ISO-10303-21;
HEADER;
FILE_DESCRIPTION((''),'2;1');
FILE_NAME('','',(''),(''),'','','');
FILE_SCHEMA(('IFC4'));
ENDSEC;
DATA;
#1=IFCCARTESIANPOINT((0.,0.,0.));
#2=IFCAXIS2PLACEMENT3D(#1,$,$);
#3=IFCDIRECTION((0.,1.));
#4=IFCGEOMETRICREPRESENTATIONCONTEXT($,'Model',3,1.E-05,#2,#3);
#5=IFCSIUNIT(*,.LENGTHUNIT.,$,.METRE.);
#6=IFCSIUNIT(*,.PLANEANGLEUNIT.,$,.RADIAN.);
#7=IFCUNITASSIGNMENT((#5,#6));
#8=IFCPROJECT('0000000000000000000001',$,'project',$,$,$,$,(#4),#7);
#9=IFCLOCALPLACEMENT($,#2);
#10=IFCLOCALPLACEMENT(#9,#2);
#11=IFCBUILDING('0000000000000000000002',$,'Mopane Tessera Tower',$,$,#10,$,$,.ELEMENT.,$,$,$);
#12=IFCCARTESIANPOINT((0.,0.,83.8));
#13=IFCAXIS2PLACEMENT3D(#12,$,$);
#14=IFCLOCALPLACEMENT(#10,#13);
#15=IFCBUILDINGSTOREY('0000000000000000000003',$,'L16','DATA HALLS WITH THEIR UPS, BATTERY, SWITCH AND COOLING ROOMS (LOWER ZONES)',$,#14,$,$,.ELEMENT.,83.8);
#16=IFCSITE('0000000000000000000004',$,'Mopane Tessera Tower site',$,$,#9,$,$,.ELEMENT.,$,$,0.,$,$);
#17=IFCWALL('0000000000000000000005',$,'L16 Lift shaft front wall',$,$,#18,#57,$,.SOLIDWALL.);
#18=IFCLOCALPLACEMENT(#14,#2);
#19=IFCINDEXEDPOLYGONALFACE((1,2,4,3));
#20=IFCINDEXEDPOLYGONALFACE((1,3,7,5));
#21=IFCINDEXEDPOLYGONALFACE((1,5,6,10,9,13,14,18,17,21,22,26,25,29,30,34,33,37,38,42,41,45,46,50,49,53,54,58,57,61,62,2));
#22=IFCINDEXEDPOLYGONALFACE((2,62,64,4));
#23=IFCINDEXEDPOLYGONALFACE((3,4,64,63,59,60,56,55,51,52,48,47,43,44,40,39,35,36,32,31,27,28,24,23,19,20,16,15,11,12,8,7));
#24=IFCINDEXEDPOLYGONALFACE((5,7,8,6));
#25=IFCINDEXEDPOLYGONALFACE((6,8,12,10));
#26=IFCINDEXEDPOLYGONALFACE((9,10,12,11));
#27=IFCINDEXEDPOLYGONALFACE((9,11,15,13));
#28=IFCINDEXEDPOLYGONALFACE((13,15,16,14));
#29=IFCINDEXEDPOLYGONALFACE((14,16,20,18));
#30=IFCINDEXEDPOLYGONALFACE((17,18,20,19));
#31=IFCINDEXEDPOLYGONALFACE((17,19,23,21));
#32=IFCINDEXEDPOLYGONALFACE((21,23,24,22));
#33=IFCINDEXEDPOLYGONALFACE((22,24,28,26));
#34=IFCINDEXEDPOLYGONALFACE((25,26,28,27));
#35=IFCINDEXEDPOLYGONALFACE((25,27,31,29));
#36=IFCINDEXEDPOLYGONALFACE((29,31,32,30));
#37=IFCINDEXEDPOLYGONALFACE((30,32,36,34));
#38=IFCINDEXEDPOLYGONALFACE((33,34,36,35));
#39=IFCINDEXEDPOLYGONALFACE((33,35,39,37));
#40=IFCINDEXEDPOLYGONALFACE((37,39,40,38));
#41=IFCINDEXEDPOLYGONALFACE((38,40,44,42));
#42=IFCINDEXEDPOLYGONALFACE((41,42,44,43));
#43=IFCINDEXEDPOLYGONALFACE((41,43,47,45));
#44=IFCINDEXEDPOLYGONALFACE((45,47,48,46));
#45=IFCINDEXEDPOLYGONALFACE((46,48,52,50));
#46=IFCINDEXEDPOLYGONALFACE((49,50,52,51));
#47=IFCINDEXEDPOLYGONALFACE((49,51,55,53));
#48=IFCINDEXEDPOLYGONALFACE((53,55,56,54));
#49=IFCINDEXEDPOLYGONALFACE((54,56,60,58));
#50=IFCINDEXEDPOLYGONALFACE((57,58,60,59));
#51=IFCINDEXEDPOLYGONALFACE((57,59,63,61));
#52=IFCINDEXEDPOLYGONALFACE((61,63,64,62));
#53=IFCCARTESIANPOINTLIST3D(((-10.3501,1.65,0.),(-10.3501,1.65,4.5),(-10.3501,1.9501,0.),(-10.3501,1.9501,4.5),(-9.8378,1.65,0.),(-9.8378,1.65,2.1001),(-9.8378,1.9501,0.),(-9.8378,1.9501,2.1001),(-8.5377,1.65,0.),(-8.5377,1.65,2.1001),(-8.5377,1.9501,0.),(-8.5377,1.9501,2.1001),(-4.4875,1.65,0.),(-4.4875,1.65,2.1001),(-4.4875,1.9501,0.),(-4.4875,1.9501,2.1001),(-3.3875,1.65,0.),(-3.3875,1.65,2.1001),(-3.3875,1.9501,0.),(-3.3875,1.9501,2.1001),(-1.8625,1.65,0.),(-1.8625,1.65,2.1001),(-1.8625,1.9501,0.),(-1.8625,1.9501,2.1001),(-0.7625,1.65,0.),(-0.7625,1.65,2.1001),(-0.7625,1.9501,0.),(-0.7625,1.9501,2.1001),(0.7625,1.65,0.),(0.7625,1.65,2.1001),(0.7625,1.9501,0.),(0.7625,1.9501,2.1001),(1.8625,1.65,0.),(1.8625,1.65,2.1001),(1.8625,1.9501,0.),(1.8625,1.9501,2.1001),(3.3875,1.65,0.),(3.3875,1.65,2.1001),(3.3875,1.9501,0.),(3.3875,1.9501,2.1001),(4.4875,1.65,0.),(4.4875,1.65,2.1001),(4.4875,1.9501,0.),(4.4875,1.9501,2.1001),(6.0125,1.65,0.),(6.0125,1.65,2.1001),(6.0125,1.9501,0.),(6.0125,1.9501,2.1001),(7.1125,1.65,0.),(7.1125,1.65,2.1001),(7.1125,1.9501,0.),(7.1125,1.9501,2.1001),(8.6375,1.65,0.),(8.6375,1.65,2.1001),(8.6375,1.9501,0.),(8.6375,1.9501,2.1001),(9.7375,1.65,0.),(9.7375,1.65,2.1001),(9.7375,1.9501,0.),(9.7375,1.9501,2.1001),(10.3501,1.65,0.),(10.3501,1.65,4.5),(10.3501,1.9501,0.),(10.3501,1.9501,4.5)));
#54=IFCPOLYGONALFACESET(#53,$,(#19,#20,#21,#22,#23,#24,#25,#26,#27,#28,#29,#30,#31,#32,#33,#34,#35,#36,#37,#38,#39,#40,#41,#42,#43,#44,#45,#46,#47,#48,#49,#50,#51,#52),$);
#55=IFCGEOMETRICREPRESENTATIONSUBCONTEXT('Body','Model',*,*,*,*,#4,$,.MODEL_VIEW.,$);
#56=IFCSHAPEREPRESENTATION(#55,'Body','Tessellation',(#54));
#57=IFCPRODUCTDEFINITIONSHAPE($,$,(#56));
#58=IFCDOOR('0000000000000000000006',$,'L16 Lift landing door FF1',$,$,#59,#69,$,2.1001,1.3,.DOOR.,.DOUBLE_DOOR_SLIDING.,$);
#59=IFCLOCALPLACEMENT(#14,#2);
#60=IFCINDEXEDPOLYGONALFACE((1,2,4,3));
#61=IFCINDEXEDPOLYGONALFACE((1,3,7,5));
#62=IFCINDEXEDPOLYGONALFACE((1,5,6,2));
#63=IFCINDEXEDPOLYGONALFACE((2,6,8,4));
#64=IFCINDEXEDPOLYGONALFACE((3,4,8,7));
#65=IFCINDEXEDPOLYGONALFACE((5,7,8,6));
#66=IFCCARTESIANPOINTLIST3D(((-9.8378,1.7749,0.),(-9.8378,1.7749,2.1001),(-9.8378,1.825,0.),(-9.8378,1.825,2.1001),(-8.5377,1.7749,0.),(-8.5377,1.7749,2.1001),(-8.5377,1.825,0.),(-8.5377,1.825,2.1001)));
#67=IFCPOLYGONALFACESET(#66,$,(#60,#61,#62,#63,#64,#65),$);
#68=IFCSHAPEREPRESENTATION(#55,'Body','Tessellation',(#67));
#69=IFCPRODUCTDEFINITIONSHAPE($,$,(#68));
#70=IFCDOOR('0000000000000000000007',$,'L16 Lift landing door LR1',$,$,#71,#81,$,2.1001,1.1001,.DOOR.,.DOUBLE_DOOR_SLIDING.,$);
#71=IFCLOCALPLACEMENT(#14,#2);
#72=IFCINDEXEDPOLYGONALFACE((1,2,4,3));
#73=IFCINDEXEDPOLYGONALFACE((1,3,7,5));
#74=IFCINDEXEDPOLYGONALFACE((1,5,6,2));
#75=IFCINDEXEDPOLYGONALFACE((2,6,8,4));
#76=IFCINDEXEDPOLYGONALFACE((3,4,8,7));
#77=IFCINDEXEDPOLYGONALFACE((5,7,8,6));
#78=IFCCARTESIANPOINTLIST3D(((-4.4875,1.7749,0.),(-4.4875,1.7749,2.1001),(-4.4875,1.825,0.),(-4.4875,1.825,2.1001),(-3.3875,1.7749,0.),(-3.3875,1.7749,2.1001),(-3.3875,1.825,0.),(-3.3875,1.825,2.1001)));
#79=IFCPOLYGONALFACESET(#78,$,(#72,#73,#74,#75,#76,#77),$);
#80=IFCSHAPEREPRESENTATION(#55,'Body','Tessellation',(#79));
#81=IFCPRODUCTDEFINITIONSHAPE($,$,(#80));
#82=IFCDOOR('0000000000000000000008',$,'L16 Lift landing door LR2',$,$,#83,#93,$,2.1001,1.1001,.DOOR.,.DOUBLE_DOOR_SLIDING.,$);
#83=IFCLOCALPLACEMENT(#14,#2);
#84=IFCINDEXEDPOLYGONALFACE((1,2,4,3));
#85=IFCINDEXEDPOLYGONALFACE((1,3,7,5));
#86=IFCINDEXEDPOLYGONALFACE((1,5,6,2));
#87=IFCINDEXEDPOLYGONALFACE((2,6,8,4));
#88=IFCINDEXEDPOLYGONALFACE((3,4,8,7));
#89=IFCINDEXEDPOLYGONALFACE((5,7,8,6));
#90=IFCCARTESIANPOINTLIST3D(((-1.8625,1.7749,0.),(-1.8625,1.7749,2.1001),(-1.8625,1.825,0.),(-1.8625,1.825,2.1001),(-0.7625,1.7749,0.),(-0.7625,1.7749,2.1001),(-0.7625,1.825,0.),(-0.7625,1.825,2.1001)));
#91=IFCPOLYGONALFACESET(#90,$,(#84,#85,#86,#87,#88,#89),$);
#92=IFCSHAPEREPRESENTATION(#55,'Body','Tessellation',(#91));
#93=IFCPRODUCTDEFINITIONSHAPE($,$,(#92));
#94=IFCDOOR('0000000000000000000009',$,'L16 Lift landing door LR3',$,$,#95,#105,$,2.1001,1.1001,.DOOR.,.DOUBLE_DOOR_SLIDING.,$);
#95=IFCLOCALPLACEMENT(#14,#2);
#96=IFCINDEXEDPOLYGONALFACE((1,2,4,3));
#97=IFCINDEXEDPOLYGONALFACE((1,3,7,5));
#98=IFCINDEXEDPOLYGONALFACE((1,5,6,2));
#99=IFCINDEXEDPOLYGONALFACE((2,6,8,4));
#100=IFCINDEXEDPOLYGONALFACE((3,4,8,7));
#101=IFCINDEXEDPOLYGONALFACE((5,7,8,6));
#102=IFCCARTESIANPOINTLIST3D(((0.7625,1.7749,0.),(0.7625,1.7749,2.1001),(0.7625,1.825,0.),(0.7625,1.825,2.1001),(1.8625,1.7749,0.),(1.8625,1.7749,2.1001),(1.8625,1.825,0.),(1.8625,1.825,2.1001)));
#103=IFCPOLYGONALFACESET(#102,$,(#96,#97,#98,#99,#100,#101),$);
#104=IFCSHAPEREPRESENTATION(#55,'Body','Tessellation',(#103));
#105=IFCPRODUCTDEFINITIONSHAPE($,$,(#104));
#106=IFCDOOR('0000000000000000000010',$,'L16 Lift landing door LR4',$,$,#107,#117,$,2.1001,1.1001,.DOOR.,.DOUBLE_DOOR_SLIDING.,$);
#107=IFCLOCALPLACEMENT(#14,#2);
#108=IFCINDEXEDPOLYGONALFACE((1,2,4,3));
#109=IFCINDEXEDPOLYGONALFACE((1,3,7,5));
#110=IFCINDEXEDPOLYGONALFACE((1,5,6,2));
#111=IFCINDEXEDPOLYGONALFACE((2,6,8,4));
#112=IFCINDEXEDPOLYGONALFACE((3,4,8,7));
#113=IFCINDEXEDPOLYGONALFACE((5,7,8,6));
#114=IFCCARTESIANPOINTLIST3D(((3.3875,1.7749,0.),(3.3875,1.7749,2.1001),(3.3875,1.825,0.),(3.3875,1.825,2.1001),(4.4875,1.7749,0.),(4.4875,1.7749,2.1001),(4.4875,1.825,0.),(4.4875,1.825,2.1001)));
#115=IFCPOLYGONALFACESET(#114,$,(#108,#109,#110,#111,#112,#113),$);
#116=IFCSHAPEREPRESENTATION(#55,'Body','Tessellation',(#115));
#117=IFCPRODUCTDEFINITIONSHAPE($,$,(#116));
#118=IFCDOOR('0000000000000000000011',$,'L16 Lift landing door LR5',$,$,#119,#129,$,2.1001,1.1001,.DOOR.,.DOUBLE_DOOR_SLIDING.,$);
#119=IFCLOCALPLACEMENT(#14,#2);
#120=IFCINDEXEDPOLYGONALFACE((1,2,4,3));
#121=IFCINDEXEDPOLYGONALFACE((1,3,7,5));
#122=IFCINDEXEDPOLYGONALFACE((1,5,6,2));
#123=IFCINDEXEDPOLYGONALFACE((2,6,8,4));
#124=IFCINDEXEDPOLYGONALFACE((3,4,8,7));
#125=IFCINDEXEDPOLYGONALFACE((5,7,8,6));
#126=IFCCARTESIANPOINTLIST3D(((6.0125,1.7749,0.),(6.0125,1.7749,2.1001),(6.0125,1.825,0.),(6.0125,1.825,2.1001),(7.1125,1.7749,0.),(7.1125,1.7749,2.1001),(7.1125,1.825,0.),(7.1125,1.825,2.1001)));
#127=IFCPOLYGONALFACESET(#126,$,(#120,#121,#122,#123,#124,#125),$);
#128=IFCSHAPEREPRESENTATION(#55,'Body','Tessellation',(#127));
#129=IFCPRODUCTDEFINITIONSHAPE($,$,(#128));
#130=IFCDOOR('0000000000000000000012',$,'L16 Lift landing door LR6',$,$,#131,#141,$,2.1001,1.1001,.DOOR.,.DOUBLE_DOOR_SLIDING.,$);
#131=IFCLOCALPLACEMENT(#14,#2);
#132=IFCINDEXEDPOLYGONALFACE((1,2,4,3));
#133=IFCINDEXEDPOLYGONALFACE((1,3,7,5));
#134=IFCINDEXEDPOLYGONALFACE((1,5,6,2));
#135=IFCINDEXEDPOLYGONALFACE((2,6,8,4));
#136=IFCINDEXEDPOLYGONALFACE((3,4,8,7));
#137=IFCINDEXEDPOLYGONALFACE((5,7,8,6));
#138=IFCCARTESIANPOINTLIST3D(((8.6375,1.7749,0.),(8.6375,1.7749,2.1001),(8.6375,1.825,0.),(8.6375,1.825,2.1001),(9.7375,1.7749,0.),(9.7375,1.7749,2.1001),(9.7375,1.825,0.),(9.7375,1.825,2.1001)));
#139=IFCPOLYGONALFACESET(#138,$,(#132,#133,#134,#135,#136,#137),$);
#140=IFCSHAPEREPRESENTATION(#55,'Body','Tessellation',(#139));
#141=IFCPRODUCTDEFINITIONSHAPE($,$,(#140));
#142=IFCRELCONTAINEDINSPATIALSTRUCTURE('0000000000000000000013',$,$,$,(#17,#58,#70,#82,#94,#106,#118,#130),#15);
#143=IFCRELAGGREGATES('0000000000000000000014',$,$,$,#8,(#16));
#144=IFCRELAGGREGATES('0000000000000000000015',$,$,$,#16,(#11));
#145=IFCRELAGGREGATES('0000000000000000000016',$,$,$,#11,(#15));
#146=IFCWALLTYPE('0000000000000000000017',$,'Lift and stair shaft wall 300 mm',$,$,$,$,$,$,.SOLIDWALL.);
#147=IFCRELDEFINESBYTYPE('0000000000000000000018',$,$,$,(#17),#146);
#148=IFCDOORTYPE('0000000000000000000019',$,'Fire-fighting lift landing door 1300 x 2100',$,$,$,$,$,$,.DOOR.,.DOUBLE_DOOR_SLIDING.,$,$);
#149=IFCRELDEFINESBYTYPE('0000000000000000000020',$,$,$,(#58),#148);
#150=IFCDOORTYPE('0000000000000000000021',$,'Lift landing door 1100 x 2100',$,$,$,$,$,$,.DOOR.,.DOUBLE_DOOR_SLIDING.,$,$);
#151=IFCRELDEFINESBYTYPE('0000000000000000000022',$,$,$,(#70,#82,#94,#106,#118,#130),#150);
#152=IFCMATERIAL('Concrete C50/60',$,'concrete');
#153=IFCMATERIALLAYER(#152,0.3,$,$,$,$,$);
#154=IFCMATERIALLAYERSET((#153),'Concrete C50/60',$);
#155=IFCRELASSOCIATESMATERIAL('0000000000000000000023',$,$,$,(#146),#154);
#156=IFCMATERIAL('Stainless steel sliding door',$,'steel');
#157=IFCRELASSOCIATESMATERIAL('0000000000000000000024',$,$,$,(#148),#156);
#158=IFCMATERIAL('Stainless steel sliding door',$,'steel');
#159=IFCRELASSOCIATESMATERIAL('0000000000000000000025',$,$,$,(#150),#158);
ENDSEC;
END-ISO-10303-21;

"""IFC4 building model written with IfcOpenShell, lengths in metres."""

from ifc_helpers import new_model, si_unit, direction, frame, frame_2d, origin, place, context, subcontext, project, spatial, rectangle, extrude, material, layer, layer_set, type_object, element, fill, save


model = new_model("IFC4")

# Units and contexts
model_context = context("Model", 3, precision=1e-05, world=origin(), true_north=direction((0.0, 1.0)))
body_context = subcontext(model_context, "Body", "Model", "MODEL_VIEW")
ifc_project = project(units=[si_unit("LENGTHUNIT", "METRE"), si_unit("PLANEANGLEUNIT", "RADIAN")], contexts=[model_context])

# Site, building, storey
site_placement = place(None, origin())
site = spatial("IfcSite", under=ifc_project, at=site_placement, Name="Mopane Tessera Tower site", CompositionType="ELEMENT", RefElevation=0.0)
building_placement = place(site_placement, origin())
building = spatial("IfcBuilding", under=site, at=building_placement, Name="Mopane Tessera Tower", CompositionType="ELEMENT")
storey_placement = place(building_placement, frame((0.0, 0.0, 83.8)))
storey = spatial("IfcBuildingStorey", under=building, at=storey_placement, Name="L16", Description="DATA HALLS WITH THEIR UPS, BATTERY, SWITCH AND COOLING ROOMS (LOWER ZONES)", CompositionType="ELEMENT", Elevation=83.8)

# Shared definitions
ifc_material_1 = material(Name="Concrete C50/60", Category="concrete")
ifc_layer_1 = layer(ifc_material_1, 0.3)
ifc_layer_set_1 = layer_set([ifc_layer_1], Name="Concrete C50/60")
wall_type_1 = type_object("IfcWallType", Name="Lift and stair shaft wall 300 mm", PredefinedType="SOLIDWALL", material=ifc_layer_set_1)

# Wall, openings, doors
wall_1_placement = place(storey_placement, frame((-10.3501, 1.8, 0.0), z_axis=(0.0, 0.0, 1.0), x_axis=(1.0, 0.0, 0.0)))
wall_1 = element("IfcWall", 1, at=wall_1_placement, inside=storey, type_object=wall_type_1, Name="L16 Lift shaft front wall", PredefinedType="SOLIDWALL", context=body_context, shape_type="SweptSolid", body=[
    extrude(rectangle(XDim=20.7002, YDim=0.3, at=frame_2d((10.3501, 0.0))), origin(), (0.0, 0.0, 1.0), 4.5),
])
opening_1_placement = place(wall_1_placement, frame((0.5125, 0.0, 0.0)))
opening_1 = element("IfcOpeningElement", 2, at=opening_1_placement, cuts=wall_1, PredefinedType="OPENING", context=body_context, shape_type="SweptSolid", body=[
    extrude(rectangle(XDim=1.3, YDim=2.1001, at=frame_2d((0.6499, 1.05))), frame((0.0, 0.1621, 0.0), z_axis=(0.0, -1.0, 0.0), x_axis=(1.0, 0.0, 0.0)), (0.0, 0.0, 1.0), 0.324),
])
opening_2_placement = place(wall_1_placement, frame((5.8625, 0.0, 0.0)))
opening_2 = element("IfcOpeningElement", 3, at=opening_2_placement, cuts=wall_1, PredefinedType="OPENING", context=body_context, shape_type="SweptSolid", body=[
    extrude(rectangle(XDim=1.1001, YDim=2.1001, at=frame_2d((0.55, 1.05))), frame((0.0, 0.1621, 0.0), z_axis=(0.0, -1.0, 0.0), x_axis=(1.0, 0.0, 0.0)), (0.0, 0.0, 1.0), 0.324),
])
opening_3_placement = place(wall_1_placement, frame((8.4875, 0.0, 0.0)))
opening_3 = element("IfcOpeningElement", 4, at=opening_3_placement, cuts=wall_1, PredefinedType="OPENING", context=body_context, shape_type="SweptSolid", body=[
    extrude(rectangle(XDim=1.1001, YDim=2.1001, at=frame_2d((0.55, 1.05))), frame((0.0, 0.1621, 0.0), z_axis=(0.0, -1.0, 0.0), x_axis=(1.0, 0.0, 0.0)), (0.0, 0.0, 1.0), 0.324),
])
opening_4_placement = place(wall_1_placement, frame((11.1125, 0.0, 0.0)))
opening_4 = element("IfcOpeningElement", 5, at=opening_4_placement, cuts=wall_1, PredefinedType="OPENING", context=body_context, shape_type="SweptSolid", body=[
    extrude(rectangle(XDim=1.1001, YDim=2.1001, at=frame_2d((0.55, 1.05))), frame((0.0, 0.1621, 0.0), z_axis=(0.0, -1.0, 0.0), x_axis=(1.0, 0.0, 0.0)), (0.0, 0.0, 1.0), 0.324),
])
opening_5_placement = place(wall_1_placement, frame((13.7375, 0.0, 0.0)))
opening_5 = element("IfcOpeningElement", 6, at=opening_5_placement, cuts=wall_1, PredefinedType="OPENING", context=body_context, shape_type="SweptSolid", body=[
    extrude(rectangle(XDim=1.1001, YDim=2.1001, at=frame_2d((0.55, 1.05))), frame((0.0, 0.1621, 0.0), z_axis=(0.0, -1.0, 0.0), x_axis=(1.0, 0.0, 0.0)), (0.0, 0.0, 1.0), 0.324),
])
opening_6_placement = place(wall_1_placement, frame((16.3625, 0.0, 0.0)))
opening_6 = element("IfcOpeningElement", 7, at=opening_6_placement, cuts=wall_1, PredefinedType="OPENING", context=body_context, shape_type="SweptSolid", body=[
    extrude(rectangle(XDim=1.1001, YDim=2.1001, at=frame_2d((0.55, 1.05))), frame((0.0, 0.1621, 0.0), z_axis=(0.0, -1.0, 0.0), x_axis=(1.0, 0.0, 0.0)), (0.0, 0.0, 1.0), 0.324),
])
opening_7_placement = place(wall_1_placement, frame((18.9875, 0.0, 0.0)))
opening_7 = element("IfcOpeningElement", 8, at=opening_7_placement, cuts=wall_1, PredefinedType="OPENING", context=body_context, shape_type="SweptSolid", body=[
    extrude(rectangle(XDim=1.1001, YDim=2.1001, at=frame_2d((0.55, 1.05))), frame((0.0, 0.1621, 0.0), z_axis=(0.0, -1.0, 0.0), x_axis=(1.0, 0.0, 0.0)), (0.0, 0.0, 1.0), 0.324),
])
ifc_material_2 = material(Name="Stainless steel sliding door", Category="steel")
door_type_1 = type_object("IfcDoorType", Name="Fire-fighting lift landing door 1300 x 2100", OperationType="DOUBLE_DOOR_SLIDING", PredefinedType="DOOR", material=ifc_material_2)
door_1_placement = place(opening_1_placement, origin())
door_1 = element("IfcDoor", 9, at=door_1_placement, inside=storey, type_object=door_type_1, Name="L16 Lift landing door FF1", OperationType="DOUBLE_DOOR_SLIDING", OverallHeight=2.1001, OverallWidth=1.3, PredefinedType="DOOR", context=body_context, shape_type="SweptSolid", body=[
    extrude(rectangle(XDim=1.3, YDim=2.1001, at=frame_2d((0.6499, 1.05))), frame((0.0, 0.0249, 0.0), z_axis=(0.0, -1.0, 0.0), x_axis=(1.0, 0.0, 0.0)), (0.0, 0.0, 1.0), 0.05),
])
fill(opening_1, door_1)
ifc_material_3 = material(Name="Stainless steel sliding door", Category="steel")
door_type_2 = type_object("IfcDoorType", Name="Lift landing door 1100 x 2100", OperationType="DOUBLE_DOOR_SLIDING", PredefinedType="DOOR", material=ifc_material_3)
door_2_placement = place(opening_2_placement, origin())
door_2 = element("IfcDoor", 10, at=door_2_placement, inside=storey, type_object=door_type_2, Name="L16 Lift landing door LR1", OperationType="DOUBLE_DOOR_SLIDING", OverallHeight=2.1001, OverallWidth=1.1001, PredefinedType="DOOR", context=body_context, shape_type="SweptSolid", body=[
    extrude(rectangle(XDim=1.1001, YDim=2.1001, at=frame_2d((0.55, 1.05))), frame((0.0, 0.0249, 0.0), z_axis=(0.0, -1.0, 0.0), x_axis=(1.0, 0.0, 0.0)), (0.0, 0.0, 1.0), 0.05),
])
fill(opening_2, door_2)
door_3_placement = place(opening_3_placement, origin())
door_3 = element("IfcDoor", 11, at=door_3_placement, inside=storey, type_object=door_type_2, Name="L16 Lift landing door LR2", OperationType="DOUBLE_DOOR_SLIDING", OverallHeight=2.1001, OverallWidth=1.1001, PredefinedType="DOOR", context=body_context, shape_type="SweptSolid", body=[
    extrude(rectangle(XDim=1.1001, YDim=2.1001, at=frame_2d((0.55, 1.05))), frame((0.0, 0.0249, 0.0), z_axis=(0.0, -1.0, 0.0), x_axis=(1.0, 0.0, 0.0)), (0.0, 0.0, 1.0), 0.05),
])
fill(opening_3, door_3)
door_4_placement = place(opening_4_placement, origin())
door_4 = element("IfcDoor", 12, at=door_4_placement, inside=storey, type_object=door_type_2, Name="L16 Lift landing door LR3", OperationType="DOUBLE_DOOR_SLIDING", OverallHeight=2.1001, OverallWidth=1.1001, PredefinedType="DOOR", context=body_context, shape_type="SweptSolid", body=[
    extrude(rectangle(XDim=1.1001, YDim=2.1001, at=frame_2d((0.55, 1.05))), frame((0.0, 0.0249, 0.0), z_axis=(0.0, -1.0, 0.0), x_axis=(1.0, 0.0, 0.0)), (0.0, 0.0, 1.0), 0.05),
])
fill(opening_4, door_4)
door_5_placement = place(opening_5_placement, origin())
door_5 = element("IfcDoor", 13, at=door_5_placement, inside=storey, type_object=door_type_2, Name="L16 Lift landing door LR4", OperationType="DOUBLE_DOOR_SLIDING", OverallHeight=2.1001, OverallWidth=1.1001, PredefinedType="DOOR", context=body_context, shape_type="SweptSolid", body=[
    extrude(rectangle(XDim=1.1001, YDim=2.1001, at=frame_2d((0.55, 1.05))), frame((0.0, 0.0249, 0.0), z_axis=(0.0, -1.0, 0.0), x_axis=(1.0, 0.0, 0.0)), (0.0, 0.0, 1.0), 0.05),
])
fill(opening_5, door_5)
door_6_placement = place(opening_6_placement, origin())
door_6 = element("IfcDoor", 14, at=door_6_placement, inside=storey, type_object=door_type_2, Name="L16 Lift landing door LR5", OperationType="DOUBLE_DOOR_SLIDING", OverallHeight=2.1001, OverallWidth=1.1001, PredefinedType="DOOR", context=body_context, shape_type="SweptSolid", body=[
    extrude(rectangle(XDim=1.1001, YDim=2.1001, at=frame_2d((0.55, 1.05))), frame((0.0, 0.0249, 0.0), z_axis=(0.0, -1.0, 0.0), x_axis=(1.0, 0.0, 0.0)), (0.0, 0.0, 1.0), 0.05),
])
fill(opening_6, door_6)
door_7_placement = place(opening_7_placement, origin())
door_7 = element("IfcDoor", 15, at=door_7_placement, inside=storey, type_object=door_type_2, Name="L16 Lift landing door LR6", OperationType="DOUBLE_DOOR_SLIDING", OverallHeight=2.1001, OverallWidth=1.1001, PredefinedType="DOOR", context=body_context, shape_type="SweptSolid", body=[
    extrude(rectangle(XDim=1.1001, YDim=2.1001, at=frame_2d((0.55, 1.05))), frame((0.0, 0.0249, 0.0), z_axis=(0.0, -1.0, 0.0), x_axis=(1.0, 0.0, 0.0)), (0.0, 0.0, 1.0), 0.05),
])
fill(opening_7, door_7)

save(model, "model.ifc")
